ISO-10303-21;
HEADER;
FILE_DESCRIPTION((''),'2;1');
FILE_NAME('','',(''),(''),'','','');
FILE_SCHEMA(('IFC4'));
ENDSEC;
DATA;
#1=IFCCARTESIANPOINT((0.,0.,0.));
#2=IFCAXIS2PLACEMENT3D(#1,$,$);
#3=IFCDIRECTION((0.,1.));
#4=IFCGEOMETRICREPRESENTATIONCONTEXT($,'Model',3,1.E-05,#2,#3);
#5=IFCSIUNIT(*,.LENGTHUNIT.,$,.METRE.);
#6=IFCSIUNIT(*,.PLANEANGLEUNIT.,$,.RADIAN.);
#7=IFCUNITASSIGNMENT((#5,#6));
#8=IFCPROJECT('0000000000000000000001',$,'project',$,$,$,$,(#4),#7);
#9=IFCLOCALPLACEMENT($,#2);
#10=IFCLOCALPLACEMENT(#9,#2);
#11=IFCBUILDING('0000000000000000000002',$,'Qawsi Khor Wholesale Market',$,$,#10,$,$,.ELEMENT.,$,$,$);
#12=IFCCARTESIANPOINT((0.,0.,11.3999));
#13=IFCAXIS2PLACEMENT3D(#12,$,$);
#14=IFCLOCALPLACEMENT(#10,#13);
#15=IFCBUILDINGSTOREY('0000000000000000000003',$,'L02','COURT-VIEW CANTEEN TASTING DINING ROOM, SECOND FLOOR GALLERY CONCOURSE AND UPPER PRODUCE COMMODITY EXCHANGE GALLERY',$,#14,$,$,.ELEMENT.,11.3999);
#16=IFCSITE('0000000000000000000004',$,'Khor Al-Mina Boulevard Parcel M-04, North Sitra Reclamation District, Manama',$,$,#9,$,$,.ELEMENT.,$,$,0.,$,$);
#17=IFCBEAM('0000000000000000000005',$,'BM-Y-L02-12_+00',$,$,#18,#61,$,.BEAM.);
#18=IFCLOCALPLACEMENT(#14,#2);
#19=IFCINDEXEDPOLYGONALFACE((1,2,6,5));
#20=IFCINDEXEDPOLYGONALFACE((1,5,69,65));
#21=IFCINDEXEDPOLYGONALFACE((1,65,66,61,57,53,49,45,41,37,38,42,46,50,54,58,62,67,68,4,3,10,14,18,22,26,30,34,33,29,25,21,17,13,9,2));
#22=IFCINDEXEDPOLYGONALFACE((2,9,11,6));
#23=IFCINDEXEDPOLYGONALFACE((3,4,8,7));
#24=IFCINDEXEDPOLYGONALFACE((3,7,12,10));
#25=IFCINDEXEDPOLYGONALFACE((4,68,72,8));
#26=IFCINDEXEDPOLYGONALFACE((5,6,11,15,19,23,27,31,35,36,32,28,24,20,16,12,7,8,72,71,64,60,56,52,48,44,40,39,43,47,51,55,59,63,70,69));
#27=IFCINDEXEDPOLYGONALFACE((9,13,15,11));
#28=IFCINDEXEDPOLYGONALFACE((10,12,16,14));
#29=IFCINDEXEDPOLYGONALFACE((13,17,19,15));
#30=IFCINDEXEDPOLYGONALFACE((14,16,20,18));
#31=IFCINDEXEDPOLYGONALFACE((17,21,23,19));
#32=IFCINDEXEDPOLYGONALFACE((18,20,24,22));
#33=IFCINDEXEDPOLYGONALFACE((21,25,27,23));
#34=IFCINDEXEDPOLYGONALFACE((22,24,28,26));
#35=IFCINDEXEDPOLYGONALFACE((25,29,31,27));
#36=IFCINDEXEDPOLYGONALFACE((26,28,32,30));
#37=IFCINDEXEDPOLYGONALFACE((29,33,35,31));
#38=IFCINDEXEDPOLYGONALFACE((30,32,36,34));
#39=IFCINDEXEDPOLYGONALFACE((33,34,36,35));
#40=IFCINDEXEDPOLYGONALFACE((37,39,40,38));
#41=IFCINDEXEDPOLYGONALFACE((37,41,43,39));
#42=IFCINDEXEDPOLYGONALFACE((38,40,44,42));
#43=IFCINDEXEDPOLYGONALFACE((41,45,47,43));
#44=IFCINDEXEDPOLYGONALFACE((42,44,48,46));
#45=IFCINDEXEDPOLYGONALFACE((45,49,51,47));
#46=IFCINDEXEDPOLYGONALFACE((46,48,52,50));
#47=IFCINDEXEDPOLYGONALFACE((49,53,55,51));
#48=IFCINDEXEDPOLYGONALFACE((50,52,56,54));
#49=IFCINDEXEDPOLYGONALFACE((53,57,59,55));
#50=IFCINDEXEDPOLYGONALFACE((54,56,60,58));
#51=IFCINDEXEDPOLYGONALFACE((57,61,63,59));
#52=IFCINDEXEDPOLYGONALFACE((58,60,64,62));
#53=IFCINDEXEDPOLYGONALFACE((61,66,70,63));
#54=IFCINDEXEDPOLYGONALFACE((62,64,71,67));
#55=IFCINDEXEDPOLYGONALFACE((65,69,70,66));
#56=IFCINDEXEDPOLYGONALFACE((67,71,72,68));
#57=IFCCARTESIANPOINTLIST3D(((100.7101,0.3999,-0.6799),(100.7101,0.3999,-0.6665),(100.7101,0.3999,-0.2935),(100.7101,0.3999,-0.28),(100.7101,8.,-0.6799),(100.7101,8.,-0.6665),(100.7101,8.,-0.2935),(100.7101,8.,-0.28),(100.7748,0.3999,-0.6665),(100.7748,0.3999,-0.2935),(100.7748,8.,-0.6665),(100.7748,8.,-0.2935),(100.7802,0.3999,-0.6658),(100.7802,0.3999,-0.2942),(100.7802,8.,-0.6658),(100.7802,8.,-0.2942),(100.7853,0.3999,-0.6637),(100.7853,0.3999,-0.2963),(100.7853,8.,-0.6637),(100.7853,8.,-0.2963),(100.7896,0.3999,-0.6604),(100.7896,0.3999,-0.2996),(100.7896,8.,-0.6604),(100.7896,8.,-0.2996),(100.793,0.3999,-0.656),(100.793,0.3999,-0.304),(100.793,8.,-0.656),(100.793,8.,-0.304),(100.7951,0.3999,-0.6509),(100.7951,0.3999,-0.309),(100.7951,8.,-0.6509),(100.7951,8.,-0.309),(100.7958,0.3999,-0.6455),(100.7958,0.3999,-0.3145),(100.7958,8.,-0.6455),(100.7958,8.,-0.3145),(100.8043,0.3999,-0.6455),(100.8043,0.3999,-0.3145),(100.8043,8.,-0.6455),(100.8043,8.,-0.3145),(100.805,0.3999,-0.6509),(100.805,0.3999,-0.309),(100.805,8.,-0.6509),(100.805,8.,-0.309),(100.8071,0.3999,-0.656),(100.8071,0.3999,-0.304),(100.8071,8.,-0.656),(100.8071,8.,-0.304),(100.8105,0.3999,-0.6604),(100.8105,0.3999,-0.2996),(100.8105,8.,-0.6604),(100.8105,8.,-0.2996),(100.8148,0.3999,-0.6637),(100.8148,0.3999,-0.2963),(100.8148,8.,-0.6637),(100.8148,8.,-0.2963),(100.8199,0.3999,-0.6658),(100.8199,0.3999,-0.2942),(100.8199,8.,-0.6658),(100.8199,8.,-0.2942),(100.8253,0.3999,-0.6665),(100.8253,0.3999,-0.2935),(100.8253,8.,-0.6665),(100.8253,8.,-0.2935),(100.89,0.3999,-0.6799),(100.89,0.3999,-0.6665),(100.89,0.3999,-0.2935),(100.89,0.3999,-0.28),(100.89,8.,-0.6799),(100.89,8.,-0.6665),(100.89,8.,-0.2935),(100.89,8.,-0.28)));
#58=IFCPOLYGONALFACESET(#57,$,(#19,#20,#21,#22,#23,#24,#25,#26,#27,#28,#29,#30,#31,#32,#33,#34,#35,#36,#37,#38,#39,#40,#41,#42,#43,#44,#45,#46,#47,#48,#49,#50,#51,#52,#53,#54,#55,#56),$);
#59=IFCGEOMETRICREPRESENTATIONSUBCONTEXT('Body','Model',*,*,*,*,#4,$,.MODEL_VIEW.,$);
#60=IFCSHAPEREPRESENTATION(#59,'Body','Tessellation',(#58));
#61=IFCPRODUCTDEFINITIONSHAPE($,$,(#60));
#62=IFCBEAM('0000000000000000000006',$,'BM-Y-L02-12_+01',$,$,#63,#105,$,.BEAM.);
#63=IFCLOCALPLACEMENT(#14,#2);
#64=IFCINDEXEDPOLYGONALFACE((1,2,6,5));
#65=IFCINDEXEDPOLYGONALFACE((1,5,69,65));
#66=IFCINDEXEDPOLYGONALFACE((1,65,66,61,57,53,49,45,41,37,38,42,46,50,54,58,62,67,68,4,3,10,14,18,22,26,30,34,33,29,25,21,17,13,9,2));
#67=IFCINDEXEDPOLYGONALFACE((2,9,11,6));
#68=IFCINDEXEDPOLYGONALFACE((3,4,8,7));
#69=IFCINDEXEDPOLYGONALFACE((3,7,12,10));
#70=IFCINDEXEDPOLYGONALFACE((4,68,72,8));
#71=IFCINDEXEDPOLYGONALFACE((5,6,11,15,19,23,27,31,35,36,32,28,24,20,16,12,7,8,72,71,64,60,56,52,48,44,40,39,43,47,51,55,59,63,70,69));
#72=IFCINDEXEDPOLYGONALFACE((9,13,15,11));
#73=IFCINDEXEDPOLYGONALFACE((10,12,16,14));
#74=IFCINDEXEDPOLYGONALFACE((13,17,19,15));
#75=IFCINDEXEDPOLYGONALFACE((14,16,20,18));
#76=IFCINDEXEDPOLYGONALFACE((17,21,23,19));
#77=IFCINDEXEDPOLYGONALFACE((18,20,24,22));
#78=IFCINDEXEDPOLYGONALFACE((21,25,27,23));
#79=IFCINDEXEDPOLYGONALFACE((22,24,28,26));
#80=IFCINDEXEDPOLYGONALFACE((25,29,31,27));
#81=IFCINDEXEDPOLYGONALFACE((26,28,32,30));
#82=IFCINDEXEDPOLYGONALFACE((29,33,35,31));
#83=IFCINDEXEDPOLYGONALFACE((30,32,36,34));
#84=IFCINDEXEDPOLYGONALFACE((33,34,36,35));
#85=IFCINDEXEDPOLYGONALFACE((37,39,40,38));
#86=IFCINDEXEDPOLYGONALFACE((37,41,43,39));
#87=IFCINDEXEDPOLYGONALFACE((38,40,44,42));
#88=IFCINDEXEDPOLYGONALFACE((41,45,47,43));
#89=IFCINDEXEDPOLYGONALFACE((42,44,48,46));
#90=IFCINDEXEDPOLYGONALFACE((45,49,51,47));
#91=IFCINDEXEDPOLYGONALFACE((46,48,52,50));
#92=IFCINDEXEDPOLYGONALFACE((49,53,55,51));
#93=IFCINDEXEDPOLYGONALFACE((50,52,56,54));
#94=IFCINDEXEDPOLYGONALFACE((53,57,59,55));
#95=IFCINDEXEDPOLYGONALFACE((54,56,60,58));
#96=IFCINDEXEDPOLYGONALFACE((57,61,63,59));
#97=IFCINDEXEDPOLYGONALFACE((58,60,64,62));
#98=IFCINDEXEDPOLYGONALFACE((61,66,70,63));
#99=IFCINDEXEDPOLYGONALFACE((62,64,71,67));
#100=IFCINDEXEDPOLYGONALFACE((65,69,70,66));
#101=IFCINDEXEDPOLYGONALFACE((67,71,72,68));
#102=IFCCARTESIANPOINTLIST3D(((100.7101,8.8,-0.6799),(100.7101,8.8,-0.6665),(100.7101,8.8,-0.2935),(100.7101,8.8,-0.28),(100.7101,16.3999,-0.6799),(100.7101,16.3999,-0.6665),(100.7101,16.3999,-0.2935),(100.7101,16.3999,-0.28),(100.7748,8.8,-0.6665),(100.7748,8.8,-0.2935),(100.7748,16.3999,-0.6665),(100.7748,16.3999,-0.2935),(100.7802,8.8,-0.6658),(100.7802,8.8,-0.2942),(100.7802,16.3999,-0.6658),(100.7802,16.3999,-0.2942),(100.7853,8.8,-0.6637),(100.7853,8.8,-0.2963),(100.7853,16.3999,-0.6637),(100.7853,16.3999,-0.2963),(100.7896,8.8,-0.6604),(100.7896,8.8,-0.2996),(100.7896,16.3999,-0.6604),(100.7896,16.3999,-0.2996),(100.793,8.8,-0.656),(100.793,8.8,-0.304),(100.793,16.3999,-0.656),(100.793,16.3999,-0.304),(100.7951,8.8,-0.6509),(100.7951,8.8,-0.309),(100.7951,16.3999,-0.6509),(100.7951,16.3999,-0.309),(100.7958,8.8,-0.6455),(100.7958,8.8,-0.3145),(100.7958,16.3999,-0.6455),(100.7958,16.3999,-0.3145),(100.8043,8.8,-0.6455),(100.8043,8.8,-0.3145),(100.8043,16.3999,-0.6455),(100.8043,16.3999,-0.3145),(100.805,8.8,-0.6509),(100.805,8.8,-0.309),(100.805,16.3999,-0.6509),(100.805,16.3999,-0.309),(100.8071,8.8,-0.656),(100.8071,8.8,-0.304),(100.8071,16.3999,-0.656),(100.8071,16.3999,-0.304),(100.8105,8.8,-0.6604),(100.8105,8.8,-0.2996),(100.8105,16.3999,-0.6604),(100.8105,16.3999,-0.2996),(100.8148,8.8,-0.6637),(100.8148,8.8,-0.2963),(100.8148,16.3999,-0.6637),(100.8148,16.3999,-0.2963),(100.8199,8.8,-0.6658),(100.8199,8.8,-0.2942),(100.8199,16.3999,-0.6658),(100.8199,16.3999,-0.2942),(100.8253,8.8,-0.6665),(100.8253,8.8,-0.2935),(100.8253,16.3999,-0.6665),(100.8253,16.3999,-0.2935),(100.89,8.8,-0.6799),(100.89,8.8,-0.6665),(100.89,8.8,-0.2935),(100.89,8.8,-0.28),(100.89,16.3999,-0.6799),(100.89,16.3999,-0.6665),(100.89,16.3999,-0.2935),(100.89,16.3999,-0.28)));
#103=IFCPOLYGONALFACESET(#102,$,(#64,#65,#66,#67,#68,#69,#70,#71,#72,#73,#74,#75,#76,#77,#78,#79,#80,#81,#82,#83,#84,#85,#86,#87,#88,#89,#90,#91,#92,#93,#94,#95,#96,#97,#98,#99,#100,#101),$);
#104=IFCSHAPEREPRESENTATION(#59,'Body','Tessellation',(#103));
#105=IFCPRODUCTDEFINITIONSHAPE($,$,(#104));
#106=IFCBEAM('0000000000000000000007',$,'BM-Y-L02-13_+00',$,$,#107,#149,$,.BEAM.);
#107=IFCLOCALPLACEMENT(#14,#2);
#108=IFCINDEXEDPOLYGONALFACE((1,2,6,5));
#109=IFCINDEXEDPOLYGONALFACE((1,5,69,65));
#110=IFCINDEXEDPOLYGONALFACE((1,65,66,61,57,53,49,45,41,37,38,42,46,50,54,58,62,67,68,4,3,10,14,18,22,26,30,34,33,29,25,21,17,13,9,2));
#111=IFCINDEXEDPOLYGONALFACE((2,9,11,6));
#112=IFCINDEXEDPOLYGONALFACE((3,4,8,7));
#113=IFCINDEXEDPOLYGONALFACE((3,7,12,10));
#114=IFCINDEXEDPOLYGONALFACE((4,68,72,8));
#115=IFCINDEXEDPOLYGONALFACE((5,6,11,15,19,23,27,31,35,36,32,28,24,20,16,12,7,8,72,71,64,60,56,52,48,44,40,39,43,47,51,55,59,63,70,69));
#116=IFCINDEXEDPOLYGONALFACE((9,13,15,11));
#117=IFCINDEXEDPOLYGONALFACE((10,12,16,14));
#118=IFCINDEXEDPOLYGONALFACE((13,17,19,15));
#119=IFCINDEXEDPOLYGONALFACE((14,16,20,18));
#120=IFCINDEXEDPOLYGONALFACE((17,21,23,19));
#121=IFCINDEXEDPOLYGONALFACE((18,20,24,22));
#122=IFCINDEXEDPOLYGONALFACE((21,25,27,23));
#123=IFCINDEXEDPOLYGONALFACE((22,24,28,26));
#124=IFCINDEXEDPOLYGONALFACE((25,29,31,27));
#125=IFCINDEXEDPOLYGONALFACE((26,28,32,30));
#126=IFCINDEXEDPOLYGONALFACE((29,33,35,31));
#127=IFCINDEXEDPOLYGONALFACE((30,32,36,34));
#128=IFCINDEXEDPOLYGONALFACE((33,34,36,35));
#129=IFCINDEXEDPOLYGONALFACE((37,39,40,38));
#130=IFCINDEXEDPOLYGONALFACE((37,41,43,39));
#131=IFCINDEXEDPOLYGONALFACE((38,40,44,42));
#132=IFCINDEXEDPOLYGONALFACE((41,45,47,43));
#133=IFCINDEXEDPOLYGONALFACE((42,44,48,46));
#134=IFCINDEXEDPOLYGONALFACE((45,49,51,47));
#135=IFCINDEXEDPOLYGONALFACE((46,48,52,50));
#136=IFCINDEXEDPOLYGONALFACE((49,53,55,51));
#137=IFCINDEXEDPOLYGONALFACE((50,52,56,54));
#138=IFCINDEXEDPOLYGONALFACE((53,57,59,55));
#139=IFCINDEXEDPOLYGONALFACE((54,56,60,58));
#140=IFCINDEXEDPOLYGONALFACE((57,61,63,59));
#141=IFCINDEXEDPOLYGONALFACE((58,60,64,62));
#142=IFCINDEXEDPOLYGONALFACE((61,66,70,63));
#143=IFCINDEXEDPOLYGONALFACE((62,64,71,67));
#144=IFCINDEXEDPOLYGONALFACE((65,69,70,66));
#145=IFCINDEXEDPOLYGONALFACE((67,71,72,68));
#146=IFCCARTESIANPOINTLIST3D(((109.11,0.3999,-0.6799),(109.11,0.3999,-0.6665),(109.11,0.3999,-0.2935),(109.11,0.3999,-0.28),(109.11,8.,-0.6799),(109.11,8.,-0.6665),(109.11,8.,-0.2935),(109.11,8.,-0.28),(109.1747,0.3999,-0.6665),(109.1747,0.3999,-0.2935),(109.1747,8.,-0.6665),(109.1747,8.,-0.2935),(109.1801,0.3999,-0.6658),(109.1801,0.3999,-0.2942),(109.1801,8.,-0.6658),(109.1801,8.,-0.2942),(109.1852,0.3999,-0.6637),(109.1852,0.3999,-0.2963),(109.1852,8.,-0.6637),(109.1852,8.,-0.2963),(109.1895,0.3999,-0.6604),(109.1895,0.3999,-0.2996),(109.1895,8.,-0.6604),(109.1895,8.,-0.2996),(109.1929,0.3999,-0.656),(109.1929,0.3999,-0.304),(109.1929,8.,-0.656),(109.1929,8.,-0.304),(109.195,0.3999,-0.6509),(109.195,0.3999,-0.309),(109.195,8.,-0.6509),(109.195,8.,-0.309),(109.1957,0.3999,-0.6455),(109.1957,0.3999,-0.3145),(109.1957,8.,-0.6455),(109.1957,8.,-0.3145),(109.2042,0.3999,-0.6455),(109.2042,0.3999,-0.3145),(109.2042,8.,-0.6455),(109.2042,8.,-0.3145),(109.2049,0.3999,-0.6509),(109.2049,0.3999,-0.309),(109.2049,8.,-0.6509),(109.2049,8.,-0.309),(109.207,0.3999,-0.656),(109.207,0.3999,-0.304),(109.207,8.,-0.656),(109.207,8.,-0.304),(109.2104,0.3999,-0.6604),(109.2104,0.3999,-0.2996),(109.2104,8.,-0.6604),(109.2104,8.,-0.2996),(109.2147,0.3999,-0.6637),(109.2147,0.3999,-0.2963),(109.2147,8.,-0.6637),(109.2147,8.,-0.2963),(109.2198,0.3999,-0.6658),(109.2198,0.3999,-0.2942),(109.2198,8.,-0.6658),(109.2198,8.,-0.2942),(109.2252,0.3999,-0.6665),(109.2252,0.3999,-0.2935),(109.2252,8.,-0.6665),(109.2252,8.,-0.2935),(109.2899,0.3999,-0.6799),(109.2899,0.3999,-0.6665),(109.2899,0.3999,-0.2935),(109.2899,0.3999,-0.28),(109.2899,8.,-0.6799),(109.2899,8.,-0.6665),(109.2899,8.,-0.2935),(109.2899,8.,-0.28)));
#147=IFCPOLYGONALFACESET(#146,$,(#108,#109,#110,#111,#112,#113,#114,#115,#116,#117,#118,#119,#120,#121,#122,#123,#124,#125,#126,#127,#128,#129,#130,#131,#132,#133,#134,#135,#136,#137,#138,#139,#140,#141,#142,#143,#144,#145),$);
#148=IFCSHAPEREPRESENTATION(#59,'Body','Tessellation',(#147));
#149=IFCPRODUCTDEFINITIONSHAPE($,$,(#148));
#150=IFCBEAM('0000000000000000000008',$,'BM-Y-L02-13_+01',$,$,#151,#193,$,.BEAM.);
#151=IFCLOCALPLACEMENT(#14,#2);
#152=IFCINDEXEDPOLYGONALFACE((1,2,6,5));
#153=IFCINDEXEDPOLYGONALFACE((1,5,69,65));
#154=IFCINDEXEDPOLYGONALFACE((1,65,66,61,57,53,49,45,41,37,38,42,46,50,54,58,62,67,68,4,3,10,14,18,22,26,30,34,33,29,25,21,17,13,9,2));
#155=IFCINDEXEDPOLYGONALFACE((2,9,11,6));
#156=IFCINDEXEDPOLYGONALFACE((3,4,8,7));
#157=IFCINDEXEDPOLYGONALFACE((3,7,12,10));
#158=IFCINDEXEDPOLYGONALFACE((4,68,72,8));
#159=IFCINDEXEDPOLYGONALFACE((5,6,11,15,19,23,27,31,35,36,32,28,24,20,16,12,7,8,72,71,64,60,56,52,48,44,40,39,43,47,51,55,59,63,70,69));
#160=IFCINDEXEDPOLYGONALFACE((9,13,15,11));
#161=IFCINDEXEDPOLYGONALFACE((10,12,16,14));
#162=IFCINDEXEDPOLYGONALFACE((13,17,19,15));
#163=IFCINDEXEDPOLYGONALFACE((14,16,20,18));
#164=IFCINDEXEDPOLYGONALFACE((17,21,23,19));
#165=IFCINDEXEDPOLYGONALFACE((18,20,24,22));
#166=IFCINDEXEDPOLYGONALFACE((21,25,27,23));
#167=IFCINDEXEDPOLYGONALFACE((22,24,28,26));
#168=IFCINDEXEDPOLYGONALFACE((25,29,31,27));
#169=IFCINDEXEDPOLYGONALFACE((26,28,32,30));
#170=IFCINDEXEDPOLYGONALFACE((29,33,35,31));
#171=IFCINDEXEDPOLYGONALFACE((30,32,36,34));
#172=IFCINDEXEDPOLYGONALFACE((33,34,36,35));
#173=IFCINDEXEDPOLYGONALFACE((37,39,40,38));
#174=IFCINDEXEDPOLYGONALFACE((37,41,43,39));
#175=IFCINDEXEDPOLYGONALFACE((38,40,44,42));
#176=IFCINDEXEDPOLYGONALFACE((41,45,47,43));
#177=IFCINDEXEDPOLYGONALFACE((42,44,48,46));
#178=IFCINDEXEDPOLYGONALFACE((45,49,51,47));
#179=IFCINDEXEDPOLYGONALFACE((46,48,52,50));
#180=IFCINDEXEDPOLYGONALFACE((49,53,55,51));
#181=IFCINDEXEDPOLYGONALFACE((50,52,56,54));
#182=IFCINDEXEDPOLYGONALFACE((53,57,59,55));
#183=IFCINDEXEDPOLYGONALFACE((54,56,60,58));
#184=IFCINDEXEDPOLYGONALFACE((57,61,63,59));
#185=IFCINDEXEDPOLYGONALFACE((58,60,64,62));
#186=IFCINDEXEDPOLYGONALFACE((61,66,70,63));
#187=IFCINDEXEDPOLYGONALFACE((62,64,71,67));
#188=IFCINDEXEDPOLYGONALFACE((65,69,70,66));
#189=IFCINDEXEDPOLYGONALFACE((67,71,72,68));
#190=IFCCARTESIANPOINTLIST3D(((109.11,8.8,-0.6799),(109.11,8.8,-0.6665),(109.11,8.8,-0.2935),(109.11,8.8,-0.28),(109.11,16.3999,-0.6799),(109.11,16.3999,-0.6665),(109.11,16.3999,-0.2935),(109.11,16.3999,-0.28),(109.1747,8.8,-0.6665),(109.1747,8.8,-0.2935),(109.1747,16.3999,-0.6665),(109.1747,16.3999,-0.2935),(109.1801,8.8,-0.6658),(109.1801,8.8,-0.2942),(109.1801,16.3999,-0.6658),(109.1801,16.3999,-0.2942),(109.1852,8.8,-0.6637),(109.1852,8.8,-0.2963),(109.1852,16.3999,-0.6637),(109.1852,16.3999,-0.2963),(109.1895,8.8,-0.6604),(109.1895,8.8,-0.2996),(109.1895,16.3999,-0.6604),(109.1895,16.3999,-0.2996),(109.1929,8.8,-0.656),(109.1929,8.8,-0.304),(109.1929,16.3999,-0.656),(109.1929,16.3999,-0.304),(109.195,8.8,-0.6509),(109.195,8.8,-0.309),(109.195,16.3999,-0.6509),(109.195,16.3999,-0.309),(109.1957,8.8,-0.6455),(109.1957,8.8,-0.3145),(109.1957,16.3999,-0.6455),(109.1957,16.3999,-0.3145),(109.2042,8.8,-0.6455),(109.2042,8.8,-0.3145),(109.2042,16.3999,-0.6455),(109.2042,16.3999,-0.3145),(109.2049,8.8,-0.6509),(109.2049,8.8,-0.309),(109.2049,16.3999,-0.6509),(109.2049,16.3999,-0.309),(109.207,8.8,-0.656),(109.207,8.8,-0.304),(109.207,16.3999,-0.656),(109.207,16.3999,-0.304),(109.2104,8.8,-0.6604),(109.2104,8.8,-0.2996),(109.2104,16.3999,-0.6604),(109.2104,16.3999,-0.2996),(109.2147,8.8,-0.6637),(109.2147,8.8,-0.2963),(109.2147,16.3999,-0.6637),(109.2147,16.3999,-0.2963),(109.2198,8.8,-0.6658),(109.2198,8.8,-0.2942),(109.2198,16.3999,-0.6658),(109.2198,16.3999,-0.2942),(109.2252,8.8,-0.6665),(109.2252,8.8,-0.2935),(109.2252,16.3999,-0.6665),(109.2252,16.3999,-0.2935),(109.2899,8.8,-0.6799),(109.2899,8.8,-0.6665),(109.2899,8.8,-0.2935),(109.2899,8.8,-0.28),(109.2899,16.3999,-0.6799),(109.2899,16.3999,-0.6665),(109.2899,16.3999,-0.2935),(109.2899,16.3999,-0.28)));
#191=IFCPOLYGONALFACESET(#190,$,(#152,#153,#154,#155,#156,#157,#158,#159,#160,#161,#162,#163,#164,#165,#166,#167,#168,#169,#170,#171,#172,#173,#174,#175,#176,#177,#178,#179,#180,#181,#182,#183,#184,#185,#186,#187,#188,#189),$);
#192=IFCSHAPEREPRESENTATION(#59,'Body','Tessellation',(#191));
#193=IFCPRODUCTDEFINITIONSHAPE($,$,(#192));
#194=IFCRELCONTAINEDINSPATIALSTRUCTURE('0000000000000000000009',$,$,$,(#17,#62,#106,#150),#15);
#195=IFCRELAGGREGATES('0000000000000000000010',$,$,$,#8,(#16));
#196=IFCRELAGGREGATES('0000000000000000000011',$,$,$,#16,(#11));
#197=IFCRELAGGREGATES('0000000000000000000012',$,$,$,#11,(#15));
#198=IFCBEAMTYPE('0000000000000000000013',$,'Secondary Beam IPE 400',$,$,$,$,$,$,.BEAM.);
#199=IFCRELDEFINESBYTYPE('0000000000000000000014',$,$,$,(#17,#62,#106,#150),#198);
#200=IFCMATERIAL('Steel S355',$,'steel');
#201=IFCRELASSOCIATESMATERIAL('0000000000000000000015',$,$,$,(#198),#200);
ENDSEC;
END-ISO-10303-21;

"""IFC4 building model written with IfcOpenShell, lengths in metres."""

from ifc_helpers import new_model, si_unit, direction, frame, origin, origin_2d, place, context, subcontext, project, spatial, i_section, extrude, material, material_profile, profile_set, type_object, element, save


model = new_model("IFC4")

# Units and contexts
model_context = context("Model", 3, precision=1e-05, world=origin(), true_north=direction((0.0, 1.0)))
body_context = subcontext(model_context, "Body", "Model", "MODEL_VIEW")
ifc_project = project(units=[si_unit("LENGTHUNIT", "METRE"), si_unit("PLANEANGLEUNIT", "RADIAN")], contexts=[model_context])

# Site, building, storey
site_placement = place(None, origin())
site = spatial("IfcSite", under=ifc_project, at=site_placement, Name="Khor Al-Mina Boulevard Parcel M-04, North Sitra Reclamation District, Manama", CompositionType="ELEMENT", RefElevation=0.0)
building_placement = place(site_placement, origin())
building = spatial("IfcBuilding", under=site, at=building_placement, Name="Qawsi Khor Wholesale Market", CompositionType="ELEMENT")
storey_placement = place(building_placement, frame((0.0, 0.0, 11.3999)))
storey = spatial("IfcBuildingStorey", under=building, at=storey_placement, Name="L02", Description="COURT-VIEW CANTEEN TASTING DINING ROOM, SECOND FLOOR GALLERY CONCOURSE AND UPPER PRODUCE COMMODITY EXCHANGE GALLERY", CompositionType="ELEMENT", Elevation=11.3999)

# Beams
ifc_material_1 = material(Name="Steel S355", Category="steel")
ifc_material_profile_1 = material_profile(ifc_material_1, i_section(OverallWidth=0.1799, OverallDepth=0.3999, WebThickness=0.0085, FlangeThickness=0.0134, FilletRadius=0.021, at=origin_2d()), Name="IPE 400")
ifc_profile_set_1 = profile_set([ifc_material_profile_1], Name="Steel S355")
beam_type_1 = type_object("IfcBeamType", Name="Secondary Beam IPE 400", PredefinedType="BEAM", material=ifc_profile_set_1)
beam_1_placement = place(storey_placement, frame((100.8, 0.3999, -0.48), z_axis=(0.0, 1.0, 0.0), x_axis=(-1.0, 0.0, 0.0)))
element("IfcBeam", 1, at=beam_1_placement, inside=storey, type_object=beam_type_1, Name="BM-Y-L02-12_+00", PredefinedType="BEAM", context=body_context, shape_type="SweptSolid", body=[
    extrude(i_section(OverallWidth=0.1799, OverallDepth=0.3999, WebThickness=0.0085, FlangeThickness=0.0134, FilletRadius=0.021, at=origin_2d()), origin(), (0.0, 0.0, 1.0), 7.6001),
])
beam_2_placement = place(storey_placement, frame((100.8, 8.8, -0.48), z_axis=(0.0, 1.0, 0.0), x_axis=(-1.0, 0.0, 0.0)))
element("IfcBeam", 2, at=beam_2_placement, inside=storey, type_object=beam_type_1, Name="BM-Y-L02-12_+01", PredefinedType="BEAM", context=body_context, shape_type="SweptSolid", body=[
    extrude(i_section(OverallWidth=0.1799, OverallDepth=0.3999, WebThickness=0.0085, FlangeThickness=0.0134, FilletRadius=0.021, at=origin_2d()), origin(), (0.0, 0.0, 1.0), 7.5999),
])
beam_3_placement = place(storey_placement, frame((109.2, 0.3999, -0.48), z_axis=(0.0, 1.0, 0.0), x_axis=(-1.0, 0.0, 0.0)))
element("IfcBeam", 3, at=beam_3_placement, inside=storey, type_object=beam_type_1, Name="BM-Y-L02-13_+00", PredefinedType="BEAM", context=body_context, shape_type="SweptSolid", body=[
    extrude(i_section(OverallWidth=0.1799, OverallDepth=0.3999, WebThickness=0.0085, FlangeThickness=0.0134, FilletRadius=0.021, at=origin_2d()), origin(), (0.0, 0.0, 1.0), 7.6001),
])
beam_4_placement = place(storey_placement, frame((109.2, 8.8, -0.48), z_axis=(0.0, 1.0, 0.0), x_axis=(-1.0, 0.0, 0.0)))
element("IfcBeam", 4, at=beam_4_placement, inside=storey, type_object=beam_type_1, Name="BM-Y-L02-13_+01", PredefinedType="BEAM", context=body_context, shape_type="SweptSolid", body=[
    extrude(i_section(OverallWidth=0.1799, OverallDepth=0.3999, WebThickness=0.0085, FlangeThickness=0.0134, FilletRadius=0.021, at=origin_2d()), origin(), (0.0, 0.0, 1.0), 7.5999),
])

save(model, "model.ifc")
